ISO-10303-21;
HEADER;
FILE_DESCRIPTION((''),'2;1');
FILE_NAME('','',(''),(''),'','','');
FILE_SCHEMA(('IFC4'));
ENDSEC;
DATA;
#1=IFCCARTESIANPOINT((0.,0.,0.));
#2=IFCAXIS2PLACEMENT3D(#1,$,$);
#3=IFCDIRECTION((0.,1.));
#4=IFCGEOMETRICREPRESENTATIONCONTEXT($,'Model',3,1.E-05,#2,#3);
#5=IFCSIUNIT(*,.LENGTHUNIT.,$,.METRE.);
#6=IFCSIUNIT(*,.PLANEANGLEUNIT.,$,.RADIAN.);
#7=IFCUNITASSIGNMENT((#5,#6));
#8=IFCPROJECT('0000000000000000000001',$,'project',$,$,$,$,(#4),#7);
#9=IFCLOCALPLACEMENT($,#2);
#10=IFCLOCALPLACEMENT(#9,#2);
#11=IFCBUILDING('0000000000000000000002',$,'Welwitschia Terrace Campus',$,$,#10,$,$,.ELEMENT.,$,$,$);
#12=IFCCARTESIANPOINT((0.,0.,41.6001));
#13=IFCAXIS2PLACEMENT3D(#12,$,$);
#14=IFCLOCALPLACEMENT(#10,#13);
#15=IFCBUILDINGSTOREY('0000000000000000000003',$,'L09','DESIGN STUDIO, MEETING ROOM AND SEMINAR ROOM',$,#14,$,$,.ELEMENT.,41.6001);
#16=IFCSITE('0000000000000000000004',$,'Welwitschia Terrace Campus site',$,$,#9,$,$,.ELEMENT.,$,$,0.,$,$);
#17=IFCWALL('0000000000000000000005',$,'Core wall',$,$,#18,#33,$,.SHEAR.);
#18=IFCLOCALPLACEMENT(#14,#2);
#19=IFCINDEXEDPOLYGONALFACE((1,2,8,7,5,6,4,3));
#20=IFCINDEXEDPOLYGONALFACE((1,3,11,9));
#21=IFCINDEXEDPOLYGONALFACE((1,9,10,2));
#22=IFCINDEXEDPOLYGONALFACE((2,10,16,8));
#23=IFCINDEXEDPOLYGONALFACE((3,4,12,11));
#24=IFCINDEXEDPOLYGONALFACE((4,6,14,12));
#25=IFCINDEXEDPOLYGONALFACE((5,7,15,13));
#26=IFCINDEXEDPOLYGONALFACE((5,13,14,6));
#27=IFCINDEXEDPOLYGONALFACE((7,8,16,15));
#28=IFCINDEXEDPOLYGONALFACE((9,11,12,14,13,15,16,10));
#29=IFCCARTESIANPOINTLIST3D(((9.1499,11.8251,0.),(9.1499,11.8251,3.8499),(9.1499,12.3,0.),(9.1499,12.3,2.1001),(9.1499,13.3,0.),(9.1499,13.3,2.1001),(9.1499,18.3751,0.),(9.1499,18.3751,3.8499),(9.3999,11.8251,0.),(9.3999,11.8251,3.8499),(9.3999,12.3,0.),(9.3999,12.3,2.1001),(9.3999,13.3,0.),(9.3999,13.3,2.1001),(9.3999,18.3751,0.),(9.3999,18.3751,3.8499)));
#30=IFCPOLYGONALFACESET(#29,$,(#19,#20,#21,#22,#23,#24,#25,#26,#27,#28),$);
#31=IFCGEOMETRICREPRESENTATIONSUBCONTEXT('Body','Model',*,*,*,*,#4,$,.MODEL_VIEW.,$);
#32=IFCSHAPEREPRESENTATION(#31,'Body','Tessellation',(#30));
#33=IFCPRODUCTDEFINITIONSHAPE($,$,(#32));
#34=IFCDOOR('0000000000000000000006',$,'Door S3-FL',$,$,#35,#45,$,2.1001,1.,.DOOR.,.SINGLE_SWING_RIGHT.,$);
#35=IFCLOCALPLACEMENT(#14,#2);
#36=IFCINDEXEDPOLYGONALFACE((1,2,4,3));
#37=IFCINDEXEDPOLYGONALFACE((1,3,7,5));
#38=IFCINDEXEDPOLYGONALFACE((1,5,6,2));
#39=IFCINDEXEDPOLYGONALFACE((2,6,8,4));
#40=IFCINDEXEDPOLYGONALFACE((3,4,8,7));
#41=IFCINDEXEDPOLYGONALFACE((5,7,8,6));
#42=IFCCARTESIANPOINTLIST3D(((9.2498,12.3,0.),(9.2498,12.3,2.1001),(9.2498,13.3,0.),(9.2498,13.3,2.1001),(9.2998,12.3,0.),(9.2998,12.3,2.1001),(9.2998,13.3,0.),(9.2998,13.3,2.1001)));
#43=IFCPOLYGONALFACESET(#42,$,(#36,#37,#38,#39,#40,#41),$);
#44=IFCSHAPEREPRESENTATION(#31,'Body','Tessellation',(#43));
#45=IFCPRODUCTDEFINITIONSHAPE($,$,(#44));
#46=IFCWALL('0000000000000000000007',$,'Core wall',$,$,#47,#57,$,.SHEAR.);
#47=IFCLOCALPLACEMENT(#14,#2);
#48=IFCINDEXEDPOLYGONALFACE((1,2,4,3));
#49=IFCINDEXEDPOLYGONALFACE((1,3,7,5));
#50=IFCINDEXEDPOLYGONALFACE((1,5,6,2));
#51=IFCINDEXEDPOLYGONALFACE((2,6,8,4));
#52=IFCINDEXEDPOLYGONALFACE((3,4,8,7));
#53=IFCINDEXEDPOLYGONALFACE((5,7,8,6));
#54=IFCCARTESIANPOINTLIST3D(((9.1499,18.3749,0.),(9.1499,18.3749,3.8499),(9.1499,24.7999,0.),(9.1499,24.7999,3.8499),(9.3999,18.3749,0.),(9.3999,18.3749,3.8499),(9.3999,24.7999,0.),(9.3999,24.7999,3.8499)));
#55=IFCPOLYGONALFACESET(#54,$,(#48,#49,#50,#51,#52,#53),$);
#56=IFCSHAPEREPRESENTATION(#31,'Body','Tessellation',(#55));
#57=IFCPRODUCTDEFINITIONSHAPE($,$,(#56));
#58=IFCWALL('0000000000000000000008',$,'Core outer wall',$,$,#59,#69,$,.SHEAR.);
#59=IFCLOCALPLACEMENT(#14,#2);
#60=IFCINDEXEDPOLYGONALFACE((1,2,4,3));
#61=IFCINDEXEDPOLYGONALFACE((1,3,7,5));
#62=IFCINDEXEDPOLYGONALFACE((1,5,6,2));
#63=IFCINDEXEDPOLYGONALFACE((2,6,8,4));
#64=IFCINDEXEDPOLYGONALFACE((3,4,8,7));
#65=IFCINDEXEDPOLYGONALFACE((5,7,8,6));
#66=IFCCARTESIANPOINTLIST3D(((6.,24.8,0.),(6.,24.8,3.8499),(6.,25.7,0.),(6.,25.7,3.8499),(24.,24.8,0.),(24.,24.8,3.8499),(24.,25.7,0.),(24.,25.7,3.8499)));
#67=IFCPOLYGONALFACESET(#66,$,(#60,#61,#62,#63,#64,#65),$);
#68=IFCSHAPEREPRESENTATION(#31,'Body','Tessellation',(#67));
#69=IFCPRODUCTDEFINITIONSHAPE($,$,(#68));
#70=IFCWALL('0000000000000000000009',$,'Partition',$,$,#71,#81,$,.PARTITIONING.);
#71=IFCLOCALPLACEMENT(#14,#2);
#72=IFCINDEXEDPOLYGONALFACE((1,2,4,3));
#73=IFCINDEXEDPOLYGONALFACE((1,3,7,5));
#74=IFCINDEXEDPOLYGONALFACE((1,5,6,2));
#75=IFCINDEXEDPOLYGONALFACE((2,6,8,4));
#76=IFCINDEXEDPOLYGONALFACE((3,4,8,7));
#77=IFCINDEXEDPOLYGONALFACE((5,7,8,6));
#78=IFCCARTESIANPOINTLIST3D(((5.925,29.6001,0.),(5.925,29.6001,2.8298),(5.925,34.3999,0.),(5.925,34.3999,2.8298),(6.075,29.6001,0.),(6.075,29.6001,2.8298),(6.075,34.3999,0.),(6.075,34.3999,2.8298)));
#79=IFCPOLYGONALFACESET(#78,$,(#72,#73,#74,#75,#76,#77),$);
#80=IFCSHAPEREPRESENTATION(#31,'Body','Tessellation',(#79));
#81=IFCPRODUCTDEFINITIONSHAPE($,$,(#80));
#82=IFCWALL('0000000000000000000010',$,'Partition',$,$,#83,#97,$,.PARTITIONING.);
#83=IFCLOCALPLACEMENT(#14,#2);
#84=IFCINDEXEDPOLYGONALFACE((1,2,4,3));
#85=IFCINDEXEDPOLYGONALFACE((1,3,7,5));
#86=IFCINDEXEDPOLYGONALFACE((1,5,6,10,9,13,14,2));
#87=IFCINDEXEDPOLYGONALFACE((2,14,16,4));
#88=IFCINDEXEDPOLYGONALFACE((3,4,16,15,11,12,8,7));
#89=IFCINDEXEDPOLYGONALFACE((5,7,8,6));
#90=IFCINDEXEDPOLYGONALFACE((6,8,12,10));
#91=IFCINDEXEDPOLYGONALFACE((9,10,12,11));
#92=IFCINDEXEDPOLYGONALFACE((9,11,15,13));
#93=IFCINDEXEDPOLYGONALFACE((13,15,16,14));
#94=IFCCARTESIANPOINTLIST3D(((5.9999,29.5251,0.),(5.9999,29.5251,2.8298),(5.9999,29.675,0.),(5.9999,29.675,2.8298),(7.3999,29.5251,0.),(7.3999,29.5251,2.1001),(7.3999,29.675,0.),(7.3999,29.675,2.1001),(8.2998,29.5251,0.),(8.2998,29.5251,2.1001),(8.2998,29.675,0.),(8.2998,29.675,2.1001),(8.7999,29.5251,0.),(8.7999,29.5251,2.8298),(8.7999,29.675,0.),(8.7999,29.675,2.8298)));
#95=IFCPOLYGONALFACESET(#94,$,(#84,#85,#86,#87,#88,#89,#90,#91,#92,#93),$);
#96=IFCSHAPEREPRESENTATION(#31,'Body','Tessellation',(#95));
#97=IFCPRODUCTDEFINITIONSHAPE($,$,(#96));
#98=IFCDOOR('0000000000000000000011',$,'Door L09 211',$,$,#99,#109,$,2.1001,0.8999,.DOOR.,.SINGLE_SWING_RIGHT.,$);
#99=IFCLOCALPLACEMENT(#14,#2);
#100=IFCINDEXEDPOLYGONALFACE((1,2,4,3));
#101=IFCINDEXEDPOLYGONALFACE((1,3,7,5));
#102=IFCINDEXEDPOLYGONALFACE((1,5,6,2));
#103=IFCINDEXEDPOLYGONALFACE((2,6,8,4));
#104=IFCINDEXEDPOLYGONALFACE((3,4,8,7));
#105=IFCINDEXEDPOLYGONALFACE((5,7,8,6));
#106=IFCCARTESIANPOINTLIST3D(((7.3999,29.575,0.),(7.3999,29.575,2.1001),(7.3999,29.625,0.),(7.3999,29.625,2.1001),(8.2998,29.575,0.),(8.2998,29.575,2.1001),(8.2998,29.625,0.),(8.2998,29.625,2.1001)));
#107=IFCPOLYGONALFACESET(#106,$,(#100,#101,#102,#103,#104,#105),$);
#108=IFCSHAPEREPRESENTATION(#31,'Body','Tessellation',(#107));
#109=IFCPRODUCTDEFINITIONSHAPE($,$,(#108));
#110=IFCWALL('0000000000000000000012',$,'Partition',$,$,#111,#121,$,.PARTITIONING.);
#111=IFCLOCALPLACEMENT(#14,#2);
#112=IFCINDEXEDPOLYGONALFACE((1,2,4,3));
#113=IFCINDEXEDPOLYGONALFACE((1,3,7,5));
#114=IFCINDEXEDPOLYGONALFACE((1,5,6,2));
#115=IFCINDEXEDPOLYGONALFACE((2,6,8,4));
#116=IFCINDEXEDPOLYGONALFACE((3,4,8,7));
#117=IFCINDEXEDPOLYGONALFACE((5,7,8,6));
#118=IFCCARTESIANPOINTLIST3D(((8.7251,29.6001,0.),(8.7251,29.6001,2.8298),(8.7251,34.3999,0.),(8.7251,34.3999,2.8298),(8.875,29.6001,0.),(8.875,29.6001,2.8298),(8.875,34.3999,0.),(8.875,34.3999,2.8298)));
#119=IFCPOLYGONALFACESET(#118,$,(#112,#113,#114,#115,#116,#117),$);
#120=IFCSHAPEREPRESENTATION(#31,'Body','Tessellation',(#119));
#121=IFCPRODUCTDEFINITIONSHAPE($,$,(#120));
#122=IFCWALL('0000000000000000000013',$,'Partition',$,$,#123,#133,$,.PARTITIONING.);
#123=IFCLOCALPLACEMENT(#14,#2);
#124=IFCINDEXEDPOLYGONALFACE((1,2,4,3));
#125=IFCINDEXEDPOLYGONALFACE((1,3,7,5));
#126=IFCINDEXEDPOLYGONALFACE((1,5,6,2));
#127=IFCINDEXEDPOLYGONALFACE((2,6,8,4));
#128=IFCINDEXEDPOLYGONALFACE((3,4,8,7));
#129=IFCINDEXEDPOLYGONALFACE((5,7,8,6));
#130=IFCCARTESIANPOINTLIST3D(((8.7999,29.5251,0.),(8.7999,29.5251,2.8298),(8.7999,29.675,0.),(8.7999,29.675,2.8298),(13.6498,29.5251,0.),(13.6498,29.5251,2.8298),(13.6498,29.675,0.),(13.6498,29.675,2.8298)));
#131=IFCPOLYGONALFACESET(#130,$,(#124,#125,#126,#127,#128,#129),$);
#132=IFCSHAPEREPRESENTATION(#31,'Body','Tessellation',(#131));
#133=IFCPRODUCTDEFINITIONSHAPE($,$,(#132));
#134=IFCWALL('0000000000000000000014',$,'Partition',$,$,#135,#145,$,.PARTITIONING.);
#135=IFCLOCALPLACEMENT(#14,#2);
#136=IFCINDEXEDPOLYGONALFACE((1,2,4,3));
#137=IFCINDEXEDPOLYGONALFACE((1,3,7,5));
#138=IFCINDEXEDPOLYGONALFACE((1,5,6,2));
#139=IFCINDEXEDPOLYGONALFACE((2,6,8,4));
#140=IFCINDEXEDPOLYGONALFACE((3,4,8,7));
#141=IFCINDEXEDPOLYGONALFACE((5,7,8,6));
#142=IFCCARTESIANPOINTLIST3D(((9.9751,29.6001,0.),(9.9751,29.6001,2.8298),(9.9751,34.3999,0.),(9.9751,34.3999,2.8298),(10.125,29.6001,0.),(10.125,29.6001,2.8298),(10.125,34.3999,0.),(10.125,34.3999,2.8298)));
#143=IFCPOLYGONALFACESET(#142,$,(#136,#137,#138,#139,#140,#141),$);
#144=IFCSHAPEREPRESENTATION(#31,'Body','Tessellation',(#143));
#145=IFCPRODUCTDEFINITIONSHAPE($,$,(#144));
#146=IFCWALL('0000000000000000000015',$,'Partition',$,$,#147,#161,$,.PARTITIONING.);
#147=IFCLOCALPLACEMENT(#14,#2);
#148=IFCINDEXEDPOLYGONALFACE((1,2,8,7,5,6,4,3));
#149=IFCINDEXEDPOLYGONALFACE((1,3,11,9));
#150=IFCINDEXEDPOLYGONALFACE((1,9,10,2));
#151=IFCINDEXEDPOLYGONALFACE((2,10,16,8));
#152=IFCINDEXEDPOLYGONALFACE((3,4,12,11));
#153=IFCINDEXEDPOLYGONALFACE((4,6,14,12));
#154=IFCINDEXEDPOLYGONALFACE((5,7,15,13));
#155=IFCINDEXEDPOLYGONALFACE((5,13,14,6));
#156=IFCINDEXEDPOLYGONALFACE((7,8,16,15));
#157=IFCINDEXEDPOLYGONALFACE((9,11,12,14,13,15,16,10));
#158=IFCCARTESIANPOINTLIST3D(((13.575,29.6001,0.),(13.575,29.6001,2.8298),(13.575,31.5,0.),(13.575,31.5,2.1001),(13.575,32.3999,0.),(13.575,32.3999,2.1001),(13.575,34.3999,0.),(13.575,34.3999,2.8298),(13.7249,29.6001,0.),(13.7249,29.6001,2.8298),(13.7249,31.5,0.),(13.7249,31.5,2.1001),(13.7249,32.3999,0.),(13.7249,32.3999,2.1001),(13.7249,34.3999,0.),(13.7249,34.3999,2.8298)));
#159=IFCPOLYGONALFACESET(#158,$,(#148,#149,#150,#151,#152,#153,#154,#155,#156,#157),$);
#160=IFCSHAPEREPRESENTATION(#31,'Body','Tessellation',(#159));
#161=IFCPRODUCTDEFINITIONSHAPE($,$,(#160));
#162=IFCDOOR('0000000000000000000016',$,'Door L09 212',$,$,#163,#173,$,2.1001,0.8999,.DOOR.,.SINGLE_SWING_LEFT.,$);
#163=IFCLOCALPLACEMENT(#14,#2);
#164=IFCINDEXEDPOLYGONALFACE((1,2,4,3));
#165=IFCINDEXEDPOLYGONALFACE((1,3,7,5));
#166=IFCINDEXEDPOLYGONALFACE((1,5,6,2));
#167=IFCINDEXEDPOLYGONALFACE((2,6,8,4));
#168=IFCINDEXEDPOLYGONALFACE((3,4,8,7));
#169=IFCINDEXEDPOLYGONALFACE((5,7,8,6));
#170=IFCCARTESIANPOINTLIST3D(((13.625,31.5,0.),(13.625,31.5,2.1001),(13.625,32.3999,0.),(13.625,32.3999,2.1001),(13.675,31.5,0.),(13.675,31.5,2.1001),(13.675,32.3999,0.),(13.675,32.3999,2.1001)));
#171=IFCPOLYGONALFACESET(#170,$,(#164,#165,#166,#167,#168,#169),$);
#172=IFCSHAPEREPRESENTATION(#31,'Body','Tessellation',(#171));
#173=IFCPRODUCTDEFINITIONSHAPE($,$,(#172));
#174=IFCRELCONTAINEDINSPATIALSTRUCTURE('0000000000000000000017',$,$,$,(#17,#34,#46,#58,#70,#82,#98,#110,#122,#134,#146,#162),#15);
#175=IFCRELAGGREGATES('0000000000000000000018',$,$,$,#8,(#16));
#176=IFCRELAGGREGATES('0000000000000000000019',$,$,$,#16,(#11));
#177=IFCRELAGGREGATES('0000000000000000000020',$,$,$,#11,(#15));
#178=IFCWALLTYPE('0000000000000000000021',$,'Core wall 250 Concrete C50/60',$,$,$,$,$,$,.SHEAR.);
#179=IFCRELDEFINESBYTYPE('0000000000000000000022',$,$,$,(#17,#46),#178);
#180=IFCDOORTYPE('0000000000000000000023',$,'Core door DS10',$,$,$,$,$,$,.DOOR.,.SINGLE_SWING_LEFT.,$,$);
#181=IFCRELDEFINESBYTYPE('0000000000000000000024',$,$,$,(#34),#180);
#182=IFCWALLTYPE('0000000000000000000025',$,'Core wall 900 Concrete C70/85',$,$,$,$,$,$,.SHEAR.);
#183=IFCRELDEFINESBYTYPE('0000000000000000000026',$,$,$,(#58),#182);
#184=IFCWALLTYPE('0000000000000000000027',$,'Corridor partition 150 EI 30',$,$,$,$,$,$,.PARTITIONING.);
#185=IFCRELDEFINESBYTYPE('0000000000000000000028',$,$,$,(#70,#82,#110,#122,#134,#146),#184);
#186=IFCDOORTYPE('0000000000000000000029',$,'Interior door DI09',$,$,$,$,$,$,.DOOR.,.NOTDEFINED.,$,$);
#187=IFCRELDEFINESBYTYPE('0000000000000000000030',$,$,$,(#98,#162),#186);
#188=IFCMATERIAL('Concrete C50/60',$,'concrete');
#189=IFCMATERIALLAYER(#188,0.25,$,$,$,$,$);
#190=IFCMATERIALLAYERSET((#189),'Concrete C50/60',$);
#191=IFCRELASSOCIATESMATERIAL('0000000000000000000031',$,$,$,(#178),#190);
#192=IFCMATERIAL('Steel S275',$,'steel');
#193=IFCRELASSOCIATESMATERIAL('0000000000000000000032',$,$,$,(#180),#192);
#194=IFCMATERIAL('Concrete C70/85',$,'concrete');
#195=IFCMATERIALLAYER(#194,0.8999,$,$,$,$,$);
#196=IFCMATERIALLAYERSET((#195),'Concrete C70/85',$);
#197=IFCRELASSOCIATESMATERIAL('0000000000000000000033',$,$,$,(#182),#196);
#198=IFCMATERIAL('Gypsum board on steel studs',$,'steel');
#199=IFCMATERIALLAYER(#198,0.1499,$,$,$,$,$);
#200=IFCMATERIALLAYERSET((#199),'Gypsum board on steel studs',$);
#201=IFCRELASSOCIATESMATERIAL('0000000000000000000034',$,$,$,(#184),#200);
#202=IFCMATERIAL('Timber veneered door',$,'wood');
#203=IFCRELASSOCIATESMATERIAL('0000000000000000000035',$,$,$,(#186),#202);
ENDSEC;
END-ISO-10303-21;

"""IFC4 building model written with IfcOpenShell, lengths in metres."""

from ifc_helpers import new_model, si_unit, direction, frame, frame_2d, origin, place, context, subcontext, project, spatial, rectangle, extrude, material, layer, layer_set, type_object, element, fill, save


model = new_model("IFC4")

# Units and contexts
model_context = context("Model", 3, precision=1e-05, world=origin(), true_north=direction((0.0, 1.0)))
body_context = subcontext(model_context, "Body", "Model", "MODEL_VIEW")
ifc_project = project(units=[si_unit("LENGTHUNIT", "METRE"), si_unit("PLANEANGLEUNIT", "RADIAN")], contexts=[model_context])

# Site, building, storey
site_placement = place(None, origin())
site = spatial("IfcSite", under=ifc_project, at=site_placement, Name="Welwitschia Terrace Campus site", CompositionType="ELEMENT", RefElevation=0.0)
building_placement = place(site_placement, origin())
building = spatial("IfcBuilding", under=site, at=building_placement, Name="Welwitschia Terrace Campus", CompositionType="ELEMENT")
storey_placement = place(building_placement, frame((0.0, 0.0, 41.6001)))
storey = spatial("IfcBuildingStorey", under=building, at=storey_placement, Name="L09", Description="DESIGN STUDIO, MEETING ROOM AND SEMINAR ROOM", CompositionType="ELEMENT", Elevation=41.6001)

# Shared definitions
ifc_material_1 = material(Name="Concrete C50/60", Category="concrete")
ifc_layer_1 = layer(ifc_material_1, 0.25)
ifc_layer_set_1 = layer_set([ifc_layer_1], Name="Concrete C50/60")
wall_type_1 = type_object("IfcWallType", Name="Core wall 250 Concrete C50/60", PredefinedType="SHEAR", material=ifc_layer_set_1)

# Wall, opening, door
wall_1_placement = place(storey_placement, frame((9.2749, 18.375, 0.0), z_axis=(0.0, 0.0, 1.0), x_axis=(0.0, -1.0, 0.0)))
wall_1 = element("IfcWall", 1, at=wall_1_placement, inside=storey, type_object=wall_type_1, Name="Core wall", PredefinedType="SHEAR", context=body_context, shape_type="SweptSolid", body=[
    extrude(rectangle(XDim=6.55, YDim=0.25, at=frame_2d((3.2749, 0.0))), origin(), (0.0, 0.0, 1.0), 3.8499),
])
opening_1_placement = place(wall_1_placement, frame((5.075, 0.0, 0.0)))
opening_1 = element("IfcOpeningElement", 2, at=opening_1_placement, cuts=wall_1, PredefinedType="OPENING", context=body_context, shape_type="SweptSolid", body=[
    extrude(rectangle(XDim=1.0, YDim=2.1001, at=frame_2d((0.5, 1.05))), frame((0.0, 0.135, 0.0), z_axis=(0.0, -1.0, 0.0), x_axis=(1.0, 0.0, 0.0)), (0.0, 0.0, 1.0), 0.27),
])
ifc_material_2 = material(Name="Steel S275", Category="steel")
door_type_1 = type_object("IfcDoorType", Name="Core door DS10", OperationType="SINGLE_SWING_LEFT", PredefinedType="DOOR", material=ifc_material_2)
door_1_placement = place(opening_1_placement, origin())
door_1 = element("IfcDoor", 3, at=door_1_placement, inside=storey, type_object=door_type_1, Name="Door S3-FL", OperationType="SINGLE_SWING_RIGHT", OverallHeight=2.1001, OverallWidth=1.0, PredefinedType="DOOR", context=body_context, shape_type="SweptSolid", body=[
    extrude(rectangle(XDim=1.0, YDim=2.1001, at=frame_2d((0.5, 1.05))), frame((0.0, 0.0249, 0.0), z_axis=(0.0, -1.0, 0.0), x_axis=(1.0, 0.0, 0.0)), (0.0, 0.0, 1.0), 0.05),
])
fill(opening_1, door_1)

# Walls
wall_2_placement = place(storey_placement, frame((9.2749, 18.375, 0.0), z_axis=(0.0, 0.0, 1.0), x_axis=(0.0, 1.0, 0.0)))
element("IfcWall", 4, at=wall_2_placement, inside=storey, type_object=wall_type_1, Name="Core wall", PredefinedType="SHEAR", context=body_context, shape_type="SweptSolid", body=[
    extrude(rectangle(XDim=6.425, YDim=0.25, at=frame_2d((3.2124, 0.0))), origin(), (0.0, 0.0, 1.0), 3.8499),
])
ifc_material_3 = material(Name="Concrete C70/85", Category="concrete")
ifc_layer_2 = layer(ifc_material_3, 0.8999)
ifc_layer_set_2 = layer_set([ifc_layer_2], Name="Concrete C70/85")
wall_type_2 = type_object("IfcWallType", Name="Core wall 900 Concrete C70/85", PredefinedType="SHEAR", material=ifc_layer_set_2)
wall_3_placement = place(storey_placement, frame((6.0, 25.25, 0.0), z_axis=(0.0, 0.0, 1.0), x_axis=(1.0, 0.0, 0.0)))
element("IfcWall", 5, at=wall_3_placement, inside=storey, type_object=wall_type_2, Name="Core outer wall", PredefinedType="SHEAR", context=body_context, shape_type="SweptSolid", body=[
    extrude(rectangle(XDim=18.0, YDim=0.8999, at=frame_2d((9.0, 0.0))), origin(), (0.0, 0.0, 1.0), 3.8499),
])
ifc_material_4 = material(Name="Gypsum board on steel studs", Category="steel")
ifc_layer_3 = layer(ifc_material_4, 0.1499)
ifc_layer_set_3 = layer_set([ifc_layer_3], Name="Gypsum board on steel studs")
wall_type_3 = type_object("IfcWallType", Name="Corridor partition 150 EI 30", PredefinedType="PARTITIONING", material=ifc_layer_set_3)
wall_4_placement = place(storey_placement, frame((6.0, 29.6001, 0.0), z_axis=(0.0, 0.0, 1.0), x_axis=(0.0, 1.0, 0.0)))
element("IfcWall", 6, at=wall_4_placement, inside=storey, type_object=wall_type_3, Name="Partition", PredefinedType="PARTITIONING", context=body_context, shape_type="SweptSolid", body=[
    extrude(rectangle(XDim=4.7998, YDim=0.1499, at=frame_2d((2.3999, 0.0))), origin(), (0.0, 0.0, 1.0), 2.8298),
])

# Wall, opening, door
wall_5_placement = place(storey_placement, frame((6.0, 29.6001, 0.0), z_axis=(0.0, 0.0, 1.0), x_axis=(1.0, 0.0, 0.0)))
wall_5 = element("IfcWall", 7, at=wall_5_placement, inside=storey, type_object=wall_type_3, Name="Partition", PredefinedType="PARTITIONING", context=body_context, shape_type="SweptSolid", body=[
    extrude(rectangle(XDim=2.8, YDim=0.1499, at=frame_2d((1.3999, 0.0))), origin(), (0.0, 0.0, 1.0), 2.8298),
])
opening_2_placement = place(wall_5_placement, frame((1.3999, 0.0, 0.0)))
opening_2 = element("IfcOpeningElement", 8, at=opening_2_placement, cuts=wall_5, PredefinedType="OPENING", context=body_context, shape_type="SweptSolid", body=[
    extrude(rectangle(XDim=0.8999, YDim=2.1001, at=frame_2d((0.45, 1.05))), frame((0.0, 0.085, 0.0), z_axis=(0.0, -1.0, 0.0), x_axis=(1.0, 0.0, 0.0)), (0.0, 0.0, 1.0), 0.1699),
])
ifc_material_5 = material(Name="Timber veneered door", Category="wood")
door_type_2 = type_object("IfcDoorType", Name="Interior door DI09", OperationType="NOTDEFINED", PredefinedType="DOOR", material=ifc_material_5)
door_2_placement = place(opening_2_placement, origin())
door_2 = element("IfcDoor", 9, at=door_2_placement, inside=storey, type_object=door_type_2, Name="Door L09 211", OperationType="SINGLE_SWING_RIGHT", OverallHeight=2.1001, OverallWidth=0.8999, PredefinedType="DOOR", context=body_context, shape_type="SweptSolid", body=[
    extrude(rectangle(XDim=0.8999, YDim=2.1001, at=frame_2d((0.45, 1.05))), frame((0.0, 0.0249, 0.0), z_axis=(0.0, -1.0, 0.0), x_axis=(1.0, 0.0, 0.0)), (0.0, 0.0, 1.0), 0.05),
])
fill(opening_2, door_2)

# Walls
wall_6_placement = place(storey_placement, frame((8.8, 29.6001, 0.0), z_axis=(0.0, 0.0, 1.0), x_axis=(0.0, 1.0, 0.0)))
element("IfcWall", 10, at=wall_6_placement, inside=storey, type_object=wall_type_3, Name="Partition", PredefinedType="PARTITIONING", context=body_context, shape_type="SweptSolid", body=[
    extrude(rectangle(XDim=4.7998, YDim=0.1499, at=frame_2d((2.3999, 0.0))), origin(), (0.0, 0.0, 1.0), 2.8298),
])
wall_7_placement = place(storey_placement, frame((8.8, 29.6001, 0.0), z_axis=(0.0, 0.0, 1.0), x_axis=(1.0, 0.0, 0.0)))
element("IfcWall", 11, at=wall_7_placement, inside=storey, type_object=wall_type_3, Name="Partition", PredefinedType="PARTITIONING", context=body_context, shape_type="SweptSolid", body=[
    extrude(rectangle(XDim=4.8499, YDim=0.1499, at=frame_2d((2.4248, 0.0))), origin(), (0.0, 0.0, 1.0), 2.8298),
])
wall_8_placement = place(storey_placement, frame((10.05, 29.6001, 0.0), z_axis=(0.0, 0.0, 1.0), x_axis=(0.0, 1.0, 0.0)))
element("IfcWall", 12, at=wall_8_placement, inside=storey, type_object=wall_type_3, Name="Partition", PredefinedType="PARTITIONING", context=body_context, shape_type="SweptSolid", body=[
    extrude(rectangle(XDim=4.7998, YDim=0.1499, at=frame_2d((2.3999, 0.0))), origin(), (0.0, 0.0, 1.0), 2.8298),
])

# Wall, opening, door
wall_9_placement = place(storey_placement, frame((13.6499, 29.6001, 0.0), z_axis=(0.0, 0.0, 1.0), x_axis=(0.0, 1.0, 0.0)))
wall_9 = element("IfcWall", 13, at=wall_9_placement, inside=storey, type_object=wall_type_3, Name="Partition", PredefinedType="PARTITIONING", context=body_context, shape_type="SweptSolid", body=[
    extrude(rectangle(XDim=4.7998, YDim=0.1499, at=frame_2d((2.3999, 0.0))), origin(), (0.0, 0.0, 1.0), 2.8298),
])
opening_3_placement = place(wall_9_placement, frame((1.8999, 0.0, 0.0)))
opening_3 = element("IfcOpeningElement", 14, at=opening_3_placement, cuts=wall_9, PredefinedType="OPENING", context=body_context, shape_type="SweptSolid", body=[
    extrude(rectangle(XDim=0.8999, YDim=2.1001, at=frame_2d((0.45, 1.05))), frame((0.0, 0.085, 0.0), z_axis=(0.0, -1.0, 0.0), x_axis=(1.0, 0.0, 0.0)), (0.0, 0.0, 1.0), 0.1699),
])
door_3_placement = place(opening_3_placement, origin())
door_3 = element("IfcDoor", 15, at=door_3_placement, inside=storey, type_object=door_type_2, Name="Door L09 212", OperationType="SINGLE_SWING_LEFT", OverallHeight=2.1001, OverallWidth=0.8999, PredefinedType="DOOR", context=body_context, shape_type="SweptSolid", body=[
    extrude(rectangle(XDim=0.8999, YDim=2.1001, at=frame_2d((0.45, 1.05))), frame((0.0, 0.0249, 0.0), z_axis=(0.0, -1.0, 0.0), x_axis=(1.0, 0.0, 0.0)), (0.0, 0.0, 1.0), 0.05),
])
fill(opening_3, door_3)

save(model, "model.ifc")
